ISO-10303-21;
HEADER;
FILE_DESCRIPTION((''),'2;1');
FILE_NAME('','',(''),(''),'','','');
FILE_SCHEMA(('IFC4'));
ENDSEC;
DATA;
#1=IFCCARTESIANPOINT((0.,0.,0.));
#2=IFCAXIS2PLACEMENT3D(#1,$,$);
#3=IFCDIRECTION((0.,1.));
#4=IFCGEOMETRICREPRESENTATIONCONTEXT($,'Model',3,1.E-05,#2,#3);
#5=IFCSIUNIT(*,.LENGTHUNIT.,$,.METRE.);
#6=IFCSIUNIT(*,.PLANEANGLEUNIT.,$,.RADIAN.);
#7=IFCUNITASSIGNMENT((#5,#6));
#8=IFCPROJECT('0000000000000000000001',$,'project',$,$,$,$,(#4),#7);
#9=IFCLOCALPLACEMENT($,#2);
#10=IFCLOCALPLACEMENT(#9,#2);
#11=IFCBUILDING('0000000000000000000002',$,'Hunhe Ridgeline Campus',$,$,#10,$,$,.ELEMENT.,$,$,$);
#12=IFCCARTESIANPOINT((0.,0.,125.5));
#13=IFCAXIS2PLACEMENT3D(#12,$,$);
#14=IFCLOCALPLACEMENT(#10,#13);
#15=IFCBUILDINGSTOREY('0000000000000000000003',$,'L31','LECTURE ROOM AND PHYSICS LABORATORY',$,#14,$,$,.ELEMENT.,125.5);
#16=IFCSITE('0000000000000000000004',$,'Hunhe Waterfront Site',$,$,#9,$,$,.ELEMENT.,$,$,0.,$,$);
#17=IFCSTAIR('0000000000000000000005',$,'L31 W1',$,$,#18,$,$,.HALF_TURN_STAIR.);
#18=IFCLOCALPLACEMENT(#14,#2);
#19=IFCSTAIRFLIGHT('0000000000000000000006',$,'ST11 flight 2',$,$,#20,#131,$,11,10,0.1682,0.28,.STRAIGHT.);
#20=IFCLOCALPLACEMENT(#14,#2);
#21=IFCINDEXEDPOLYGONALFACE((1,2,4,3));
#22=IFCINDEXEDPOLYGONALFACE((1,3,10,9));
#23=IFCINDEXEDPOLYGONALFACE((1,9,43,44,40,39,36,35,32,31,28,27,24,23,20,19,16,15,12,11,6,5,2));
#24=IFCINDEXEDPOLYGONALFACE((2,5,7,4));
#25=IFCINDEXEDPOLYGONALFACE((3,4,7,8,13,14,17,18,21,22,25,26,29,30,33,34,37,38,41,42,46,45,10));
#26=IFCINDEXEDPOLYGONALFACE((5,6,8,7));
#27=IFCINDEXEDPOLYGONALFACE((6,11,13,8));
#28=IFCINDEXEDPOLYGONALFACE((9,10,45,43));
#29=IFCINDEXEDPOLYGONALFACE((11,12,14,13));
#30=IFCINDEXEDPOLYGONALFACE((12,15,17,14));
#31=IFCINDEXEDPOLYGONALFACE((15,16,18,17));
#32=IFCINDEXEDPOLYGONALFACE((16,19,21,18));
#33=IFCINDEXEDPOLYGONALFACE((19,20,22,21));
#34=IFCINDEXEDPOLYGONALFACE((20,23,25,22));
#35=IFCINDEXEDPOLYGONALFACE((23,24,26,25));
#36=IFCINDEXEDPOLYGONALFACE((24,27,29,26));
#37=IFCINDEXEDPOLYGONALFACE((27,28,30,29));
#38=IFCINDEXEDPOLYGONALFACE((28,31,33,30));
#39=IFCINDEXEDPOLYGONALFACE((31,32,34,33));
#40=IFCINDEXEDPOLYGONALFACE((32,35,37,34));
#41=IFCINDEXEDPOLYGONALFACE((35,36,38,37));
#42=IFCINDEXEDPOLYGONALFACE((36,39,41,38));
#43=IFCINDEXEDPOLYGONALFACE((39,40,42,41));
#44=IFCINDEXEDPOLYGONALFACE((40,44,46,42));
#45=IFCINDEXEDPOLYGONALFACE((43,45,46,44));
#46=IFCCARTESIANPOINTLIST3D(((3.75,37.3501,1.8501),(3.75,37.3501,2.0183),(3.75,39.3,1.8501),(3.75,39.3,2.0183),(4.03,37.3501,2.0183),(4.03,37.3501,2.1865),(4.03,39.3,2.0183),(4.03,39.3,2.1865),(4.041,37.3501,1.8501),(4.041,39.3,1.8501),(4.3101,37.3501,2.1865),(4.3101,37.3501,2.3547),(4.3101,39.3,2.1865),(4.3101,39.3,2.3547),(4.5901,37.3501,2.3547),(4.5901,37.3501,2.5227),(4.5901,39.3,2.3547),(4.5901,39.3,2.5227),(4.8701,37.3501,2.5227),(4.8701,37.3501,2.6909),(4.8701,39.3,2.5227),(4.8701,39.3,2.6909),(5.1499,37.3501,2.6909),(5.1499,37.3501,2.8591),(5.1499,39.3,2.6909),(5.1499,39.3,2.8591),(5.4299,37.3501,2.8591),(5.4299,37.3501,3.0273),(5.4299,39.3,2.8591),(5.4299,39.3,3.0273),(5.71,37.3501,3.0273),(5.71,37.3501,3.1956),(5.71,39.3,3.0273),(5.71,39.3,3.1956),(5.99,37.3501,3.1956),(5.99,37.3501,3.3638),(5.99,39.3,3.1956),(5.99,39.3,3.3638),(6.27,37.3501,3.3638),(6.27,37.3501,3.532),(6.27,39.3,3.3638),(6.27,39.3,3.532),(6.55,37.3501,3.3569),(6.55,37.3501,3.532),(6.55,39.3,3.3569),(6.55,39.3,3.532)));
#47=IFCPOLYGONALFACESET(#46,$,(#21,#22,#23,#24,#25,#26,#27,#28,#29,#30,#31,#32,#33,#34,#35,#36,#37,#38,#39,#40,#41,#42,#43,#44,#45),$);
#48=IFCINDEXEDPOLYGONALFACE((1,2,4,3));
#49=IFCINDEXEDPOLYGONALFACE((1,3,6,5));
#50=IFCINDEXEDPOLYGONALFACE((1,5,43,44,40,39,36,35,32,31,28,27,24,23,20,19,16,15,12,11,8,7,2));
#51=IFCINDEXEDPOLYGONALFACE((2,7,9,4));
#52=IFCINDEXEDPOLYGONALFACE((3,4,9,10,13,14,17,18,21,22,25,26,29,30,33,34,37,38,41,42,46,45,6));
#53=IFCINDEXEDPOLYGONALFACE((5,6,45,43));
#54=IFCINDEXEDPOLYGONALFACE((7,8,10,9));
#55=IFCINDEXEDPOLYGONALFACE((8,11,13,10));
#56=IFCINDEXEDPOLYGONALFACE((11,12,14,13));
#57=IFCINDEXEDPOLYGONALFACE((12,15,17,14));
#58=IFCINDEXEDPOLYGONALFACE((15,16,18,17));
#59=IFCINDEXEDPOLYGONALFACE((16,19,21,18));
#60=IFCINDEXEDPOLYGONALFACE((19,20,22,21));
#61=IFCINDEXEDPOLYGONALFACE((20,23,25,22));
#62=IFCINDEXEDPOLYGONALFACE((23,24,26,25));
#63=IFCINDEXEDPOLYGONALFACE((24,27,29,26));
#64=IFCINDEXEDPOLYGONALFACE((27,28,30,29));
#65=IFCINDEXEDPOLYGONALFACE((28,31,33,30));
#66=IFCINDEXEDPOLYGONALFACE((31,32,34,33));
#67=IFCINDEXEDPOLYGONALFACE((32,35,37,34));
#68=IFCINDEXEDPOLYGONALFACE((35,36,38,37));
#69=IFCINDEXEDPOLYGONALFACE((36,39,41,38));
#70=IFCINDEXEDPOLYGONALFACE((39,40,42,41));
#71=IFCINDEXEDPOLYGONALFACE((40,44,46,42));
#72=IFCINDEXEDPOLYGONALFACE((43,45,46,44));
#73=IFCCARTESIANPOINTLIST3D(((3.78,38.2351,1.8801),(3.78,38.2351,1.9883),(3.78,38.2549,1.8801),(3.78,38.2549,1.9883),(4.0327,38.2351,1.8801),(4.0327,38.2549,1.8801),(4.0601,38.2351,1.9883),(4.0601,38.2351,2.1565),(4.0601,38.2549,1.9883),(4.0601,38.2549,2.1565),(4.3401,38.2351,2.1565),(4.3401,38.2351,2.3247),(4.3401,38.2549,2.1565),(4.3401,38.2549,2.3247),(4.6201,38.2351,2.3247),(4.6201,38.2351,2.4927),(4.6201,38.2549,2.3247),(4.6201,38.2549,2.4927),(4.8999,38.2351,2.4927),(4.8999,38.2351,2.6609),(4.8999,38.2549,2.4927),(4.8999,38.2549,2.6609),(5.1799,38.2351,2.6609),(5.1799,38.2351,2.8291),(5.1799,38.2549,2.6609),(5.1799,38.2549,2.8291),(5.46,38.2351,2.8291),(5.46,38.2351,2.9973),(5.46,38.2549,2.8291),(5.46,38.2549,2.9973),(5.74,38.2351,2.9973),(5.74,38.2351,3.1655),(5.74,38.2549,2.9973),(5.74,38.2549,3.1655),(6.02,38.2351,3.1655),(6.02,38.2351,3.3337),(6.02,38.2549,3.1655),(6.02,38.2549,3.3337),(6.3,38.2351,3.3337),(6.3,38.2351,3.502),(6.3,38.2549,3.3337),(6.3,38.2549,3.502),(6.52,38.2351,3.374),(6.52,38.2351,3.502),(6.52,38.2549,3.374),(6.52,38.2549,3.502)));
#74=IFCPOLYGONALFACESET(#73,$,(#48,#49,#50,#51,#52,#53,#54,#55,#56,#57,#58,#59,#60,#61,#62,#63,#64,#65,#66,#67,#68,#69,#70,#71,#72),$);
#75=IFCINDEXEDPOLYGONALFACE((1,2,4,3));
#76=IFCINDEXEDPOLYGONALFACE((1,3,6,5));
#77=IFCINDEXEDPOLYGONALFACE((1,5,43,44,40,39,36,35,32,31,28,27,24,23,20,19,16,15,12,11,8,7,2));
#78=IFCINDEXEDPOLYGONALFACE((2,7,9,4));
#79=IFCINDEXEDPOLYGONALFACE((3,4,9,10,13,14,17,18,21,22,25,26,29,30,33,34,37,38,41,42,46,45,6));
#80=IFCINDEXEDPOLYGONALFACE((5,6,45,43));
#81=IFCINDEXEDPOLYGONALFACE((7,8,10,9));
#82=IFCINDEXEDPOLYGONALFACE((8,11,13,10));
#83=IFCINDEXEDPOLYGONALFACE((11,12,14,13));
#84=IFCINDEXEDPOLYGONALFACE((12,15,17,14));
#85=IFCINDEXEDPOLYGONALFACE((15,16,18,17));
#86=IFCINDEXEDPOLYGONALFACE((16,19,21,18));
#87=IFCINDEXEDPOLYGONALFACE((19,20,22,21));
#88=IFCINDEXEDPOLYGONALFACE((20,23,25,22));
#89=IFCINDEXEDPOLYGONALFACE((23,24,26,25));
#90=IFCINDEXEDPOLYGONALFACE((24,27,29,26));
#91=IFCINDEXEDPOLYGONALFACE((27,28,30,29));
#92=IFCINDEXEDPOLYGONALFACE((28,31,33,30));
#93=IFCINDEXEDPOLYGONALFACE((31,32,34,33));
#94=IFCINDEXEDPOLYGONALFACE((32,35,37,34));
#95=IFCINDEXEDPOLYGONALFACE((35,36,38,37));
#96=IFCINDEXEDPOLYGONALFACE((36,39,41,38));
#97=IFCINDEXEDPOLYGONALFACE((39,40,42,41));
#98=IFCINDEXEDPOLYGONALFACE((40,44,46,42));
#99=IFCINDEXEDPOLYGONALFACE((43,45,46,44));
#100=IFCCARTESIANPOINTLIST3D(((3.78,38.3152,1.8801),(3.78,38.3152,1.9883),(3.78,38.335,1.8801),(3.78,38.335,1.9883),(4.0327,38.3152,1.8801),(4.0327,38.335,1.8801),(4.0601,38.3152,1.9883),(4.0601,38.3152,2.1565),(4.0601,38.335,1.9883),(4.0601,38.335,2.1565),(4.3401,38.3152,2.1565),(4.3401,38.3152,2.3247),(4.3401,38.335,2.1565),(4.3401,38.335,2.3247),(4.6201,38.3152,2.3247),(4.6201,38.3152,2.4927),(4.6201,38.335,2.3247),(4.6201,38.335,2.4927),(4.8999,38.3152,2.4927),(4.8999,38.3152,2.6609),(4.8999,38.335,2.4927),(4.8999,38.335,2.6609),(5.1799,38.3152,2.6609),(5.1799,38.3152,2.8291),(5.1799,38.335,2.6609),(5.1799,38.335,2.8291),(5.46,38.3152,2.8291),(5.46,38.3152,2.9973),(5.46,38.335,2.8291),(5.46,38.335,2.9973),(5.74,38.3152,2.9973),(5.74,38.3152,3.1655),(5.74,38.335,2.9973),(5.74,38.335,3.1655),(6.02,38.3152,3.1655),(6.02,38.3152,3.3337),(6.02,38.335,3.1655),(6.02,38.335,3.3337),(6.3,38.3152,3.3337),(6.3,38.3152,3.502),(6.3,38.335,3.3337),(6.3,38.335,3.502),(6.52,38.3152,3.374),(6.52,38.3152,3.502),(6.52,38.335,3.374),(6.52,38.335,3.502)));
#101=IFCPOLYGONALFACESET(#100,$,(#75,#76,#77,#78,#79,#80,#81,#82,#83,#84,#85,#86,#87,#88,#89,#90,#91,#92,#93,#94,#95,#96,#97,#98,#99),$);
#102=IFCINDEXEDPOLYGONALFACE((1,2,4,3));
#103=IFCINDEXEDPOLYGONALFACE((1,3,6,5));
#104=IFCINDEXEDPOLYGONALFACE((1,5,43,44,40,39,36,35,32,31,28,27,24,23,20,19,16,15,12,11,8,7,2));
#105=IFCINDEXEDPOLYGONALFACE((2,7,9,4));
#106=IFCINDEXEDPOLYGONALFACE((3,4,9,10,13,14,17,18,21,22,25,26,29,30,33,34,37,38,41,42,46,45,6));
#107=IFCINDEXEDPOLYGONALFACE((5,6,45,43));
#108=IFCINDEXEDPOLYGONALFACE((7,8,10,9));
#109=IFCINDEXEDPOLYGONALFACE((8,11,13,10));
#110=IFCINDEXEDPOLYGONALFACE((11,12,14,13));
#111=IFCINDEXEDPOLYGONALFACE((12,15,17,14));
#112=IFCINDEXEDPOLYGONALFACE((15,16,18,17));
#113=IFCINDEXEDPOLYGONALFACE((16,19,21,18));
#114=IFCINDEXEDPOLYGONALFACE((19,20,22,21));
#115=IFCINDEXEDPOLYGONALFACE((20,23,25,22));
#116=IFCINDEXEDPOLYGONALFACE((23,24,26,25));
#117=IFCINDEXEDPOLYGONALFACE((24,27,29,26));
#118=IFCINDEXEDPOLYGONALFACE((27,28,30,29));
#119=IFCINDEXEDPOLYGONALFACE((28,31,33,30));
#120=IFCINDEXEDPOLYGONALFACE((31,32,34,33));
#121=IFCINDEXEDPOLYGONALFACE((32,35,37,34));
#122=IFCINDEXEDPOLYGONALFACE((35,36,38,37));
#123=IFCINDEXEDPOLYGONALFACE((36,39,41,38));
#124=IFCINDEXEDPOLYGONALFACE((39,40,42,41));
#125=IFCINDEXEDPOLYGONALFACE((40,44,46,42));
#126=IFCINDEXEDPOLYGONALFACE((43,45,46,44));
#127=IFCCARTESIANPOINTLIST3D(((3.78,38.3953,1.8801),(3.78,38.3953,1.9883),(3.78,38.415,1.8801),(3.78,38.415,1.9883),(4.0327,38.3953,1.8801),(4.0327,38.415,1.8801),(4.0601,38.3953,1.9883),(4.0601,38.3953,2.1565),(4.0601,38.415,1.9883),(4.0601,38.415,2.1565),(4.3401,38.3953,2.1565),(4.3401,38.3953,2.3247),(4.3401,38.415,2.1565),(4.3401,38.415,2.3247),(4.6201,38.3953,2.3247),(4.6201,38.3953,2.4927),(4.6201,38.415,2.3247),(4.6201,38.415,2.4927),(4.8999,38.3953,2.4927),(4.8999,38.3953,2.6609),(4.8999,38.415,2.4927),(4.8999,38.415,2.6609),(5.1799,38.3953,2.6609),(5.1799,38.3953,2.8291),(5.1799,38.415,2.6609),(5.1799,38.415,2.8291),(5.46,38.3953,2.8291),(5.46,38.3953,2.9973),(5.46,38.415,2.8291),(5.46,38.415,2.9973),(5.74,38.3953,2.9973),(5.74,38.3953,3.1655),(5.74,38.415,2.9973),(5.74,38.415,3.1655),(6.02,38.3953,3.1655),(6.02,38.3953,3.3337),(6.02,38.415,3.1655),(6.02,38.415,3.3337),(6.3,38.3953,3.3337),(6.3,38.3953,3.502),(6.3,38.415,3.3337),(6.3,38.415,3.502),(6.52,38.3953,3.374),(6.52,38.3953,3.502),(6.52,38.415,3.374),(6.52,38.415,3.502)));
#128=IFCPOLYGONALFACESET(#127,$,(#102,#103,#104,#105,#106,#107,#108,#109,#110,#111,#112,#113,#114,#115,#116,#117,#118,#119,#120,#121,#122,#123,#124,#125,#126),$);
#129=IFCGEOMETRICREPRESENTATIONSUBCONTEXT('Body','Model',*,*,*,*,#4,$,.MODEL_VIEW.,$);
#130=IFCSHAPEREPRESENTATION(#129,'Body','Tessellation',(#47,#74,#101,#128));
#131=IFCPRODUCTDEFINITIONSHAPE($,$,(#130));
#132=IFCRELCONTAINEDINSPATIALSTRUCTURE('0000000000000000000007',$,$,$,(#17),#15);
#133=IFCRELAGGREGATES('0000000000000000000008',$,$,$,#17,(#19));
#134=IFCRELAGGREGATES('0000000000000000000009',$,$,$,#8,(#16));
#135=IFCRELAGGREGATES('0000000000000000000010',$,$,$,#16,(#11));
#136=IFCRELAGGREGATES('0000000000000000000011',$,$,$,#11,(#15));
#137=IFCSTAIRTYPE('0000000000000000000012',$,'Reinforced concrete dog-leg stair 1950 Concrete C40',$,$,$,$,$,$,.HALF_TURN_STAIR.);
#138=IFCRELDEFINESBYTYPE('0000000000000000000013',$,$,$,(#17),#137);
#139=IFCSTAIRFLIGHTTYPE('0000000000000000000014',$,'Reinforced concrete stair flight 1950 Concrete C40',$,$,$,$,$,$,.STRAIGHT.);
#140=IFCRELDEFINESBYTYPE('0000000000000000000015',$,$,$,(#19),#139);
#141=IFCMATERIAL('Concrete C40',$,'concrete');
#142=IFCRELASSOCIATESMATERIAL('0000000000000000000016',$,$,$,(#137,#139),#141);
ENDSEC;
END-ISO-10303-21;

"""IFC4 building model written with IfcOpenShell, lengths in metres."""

from ifc_helpers import new_model, si_unit, direction, frame, origin, place, context, subcontext, project, spatial, polyline, outline, extrude, material, type_object, element, aggregate, save


model = new_model("IFC4")

# Units and contexts
model_context = context("Model", 3, precision=1e-05, world=origin(), true_north=direction((0.0, 1.0)))
body_context = subcontext(model_context, "Body", "Model", "MODEL_VIEW")
ifc_project = project(units=[si_unit("LENGTHUNIT", "METRE"), si_unit("PLANEANGLEUNIT", "RADIAN")], contexts=[model_context])

# Site, building, storey
site_placement = place(None, origin())
site = spatial("IfcSite", under=ifc_project, at=site_placement, Name="Hunhe Waterfront Site", CompositionType="ELEMENT", RefElevation=0.0)
building_placement = place(site_placement, origin())
building = spatial("IfcBuilding", under=site, at=building_placement, Name="Hunhe Ridgeline Campus", CompositionType="ELEMENT")
storey_placement = place(building_placement, frame((0.0, 0.0, 125.5)))
storey = spatial("IfcBuildingStorey", under=building, at=storey_placement, Name="L31", Description="LECTURE ROOM AND PHYSICS LABORATORY", CompositionType="ELEMENT", Elevation=125.5)

# Stair, stair flight
ifc_material_1 = material(Name="Concrete C40", Category="concrete")
stair_type = type_object("IfcStairType", Name="Reinforced concrete dog-leg stair 1950 Concrete C40", PredefinedType="HALF_TURN_STAIR", material=ifc_material_1)
stair_placement = place(storey_placement, origin())
stair = element("IfcStair", 1, at=stair_placement, inside=storey, type_object=stair_type, Name="L31 W1", PredefinedType="HALF_TURN_STAIR")
stair_flight_type = type_object("IfcStairFlightType", Name="Reinforced concrete stair flight 1950 Concrete C40", PredefinedType="STRAIGHT", material=ifc_material_1)
stair_flight_1_placement = place(storey_placement, frame((3.75, 38.325, 1.8501), z_axis=(0.0, 0.0, 1.0), x_axis=(1.0, 0.0, 0.0)))
stair_flight_1 = element("IfcStairFlight", 2, at=stair_flight_1_placement, type_object=stair_flight_type, Name="ST11 flight 2", NumberOfRisers=11, NumberOfTreads=10, PredefinedType="STRAIGHT", RiserHeight=0.1682, TreadLength=0.28, context=body_context, shape_type="SweptSolid", body=[
    extrude(outline(polyline([(0.0, 0.0), (0.0, 0.1682), (0.28, 0.1682), (0.28, 0.3364), (0.5601, 0.3364), (0.5601, 0.5046), (0.8401, 0.5046), (0.8401, 0.6726), (1.1201, 0.6726), (1.1201, 0.8408), (1.3999, 0.8408), (1.3999, 1.009), (1.6799, 1.009), (1.6799, 1.1772), (1.96, 1.1772), (1.96, 1.3455), (2.24, 1.3455), (2.24, 1.5137), (2.52, 1.5137), (2.52, 1.6819), (2.8, 1.6819), (2.8, 1.8501), (2.8, 1.5068), (0.291, 0.0), (0.0, 0.0)])), frame((0.0, 0.9751, 0.0), z_axis=(0.0, -1.0, 0.0), x_axis=(1.0, 0.0, 0.0)), (0.0, 0.0, 1.0), 1.95),
    extrude(outline(polyline([(0.03, 0.03), (0.03, 0.1382), (0.3101, 0.1382), (0.3101, 0.3064), (0.5901, 0.3064), (0.5901, 0.4746), (0.8701, 0.4746), (0.8701, 0.6426), (1.1499, 0.6426), (1.1499, 0.8108), (1.4299, 0.8108), (1.4299, 0.979), (1.71, 0.979), (1.71, 1.1472), (1.99, 1.1472), (1.99, 1.3154), (2.27, 1.3154), (2.27, 1.4836), (2.55, 1.4836), (2.55, 1.6519), (2.77, 1.6519), (2.77, 1.5239), (0.2827, 0.03), (0.03, 0.03)])), frame((0.0, -0.0701, 0.0), z_axis=(0.0, -1.0, 0.0), x_axis=(1.0, 0.0, 0.0)), (0.0, 0.0, 1.0), 0.0198),
    extrude(outline(polyline([(0.03, 0.03), (0.03, 0.1382), (0.3101, 0.1382), (0.3101, 0.3064), (0.5901, 0.3064), (0.5901, 0.4746), (0.8701, 0.4746), (0.8701, 0.6426), (1.1499, 0.6426), (1.1499, 0.8108), (1.4299, 0.8108), (1.4299, 0.979), (1.71, 0.979), (1.71, 1.1472), (1.99, 1.1472), (1.99, 1.3154), (2.27, 1.3154), (2.27, 1.4836), (2.55, 1.4836), (2.55, 1.6519), (2.77, 1.6519), (2.77, 1.5239), (0.2827, 0.03), (0.03, 0.03)])), frame((0.0, 0.01, 0.0), z_axis=(0.0, -1.0, 0.0), x_axis=(1.0, 0.0, 0.0)), (0.0, 0.0, 1.0), 0.0198),
    extrude(outline(polyline([(0.03, 0.03), (0.03, 0.1382), (0.3101, 0.1382), (0.3101, 0.3064), (0.5901, 0.3064), (0.5901, 0.4746), (0.8701, 0.4746), (0.8701, 0.6426), (1.1499, 0.6426), (1.1499, 0.8108), (1.4299, 0.8108), (1.4299, 0.979), (1.71, 0.979), (1.71, 1.1472), (1.99, 1.1472), (1.99, 1.3154), (2.27, 1.3154), (2.27, 1.4836), (2.55, 1.4836), (2.55, 1.6519), (2.77, 1.6519), (2.77, 1.5239), (0.2827, 0.03), (0.03, 0.03)])), frame((0.0, 0.0901, 0.0), z_axis=(0.0, -1.0, 0.0), x_axis=(1.0, 0.0, 0.0)), (0.0, 0.0, 1.0), 0.0198),
])
aggregate(stair, [stair_flight_1])

save(model, "model.ifc")
